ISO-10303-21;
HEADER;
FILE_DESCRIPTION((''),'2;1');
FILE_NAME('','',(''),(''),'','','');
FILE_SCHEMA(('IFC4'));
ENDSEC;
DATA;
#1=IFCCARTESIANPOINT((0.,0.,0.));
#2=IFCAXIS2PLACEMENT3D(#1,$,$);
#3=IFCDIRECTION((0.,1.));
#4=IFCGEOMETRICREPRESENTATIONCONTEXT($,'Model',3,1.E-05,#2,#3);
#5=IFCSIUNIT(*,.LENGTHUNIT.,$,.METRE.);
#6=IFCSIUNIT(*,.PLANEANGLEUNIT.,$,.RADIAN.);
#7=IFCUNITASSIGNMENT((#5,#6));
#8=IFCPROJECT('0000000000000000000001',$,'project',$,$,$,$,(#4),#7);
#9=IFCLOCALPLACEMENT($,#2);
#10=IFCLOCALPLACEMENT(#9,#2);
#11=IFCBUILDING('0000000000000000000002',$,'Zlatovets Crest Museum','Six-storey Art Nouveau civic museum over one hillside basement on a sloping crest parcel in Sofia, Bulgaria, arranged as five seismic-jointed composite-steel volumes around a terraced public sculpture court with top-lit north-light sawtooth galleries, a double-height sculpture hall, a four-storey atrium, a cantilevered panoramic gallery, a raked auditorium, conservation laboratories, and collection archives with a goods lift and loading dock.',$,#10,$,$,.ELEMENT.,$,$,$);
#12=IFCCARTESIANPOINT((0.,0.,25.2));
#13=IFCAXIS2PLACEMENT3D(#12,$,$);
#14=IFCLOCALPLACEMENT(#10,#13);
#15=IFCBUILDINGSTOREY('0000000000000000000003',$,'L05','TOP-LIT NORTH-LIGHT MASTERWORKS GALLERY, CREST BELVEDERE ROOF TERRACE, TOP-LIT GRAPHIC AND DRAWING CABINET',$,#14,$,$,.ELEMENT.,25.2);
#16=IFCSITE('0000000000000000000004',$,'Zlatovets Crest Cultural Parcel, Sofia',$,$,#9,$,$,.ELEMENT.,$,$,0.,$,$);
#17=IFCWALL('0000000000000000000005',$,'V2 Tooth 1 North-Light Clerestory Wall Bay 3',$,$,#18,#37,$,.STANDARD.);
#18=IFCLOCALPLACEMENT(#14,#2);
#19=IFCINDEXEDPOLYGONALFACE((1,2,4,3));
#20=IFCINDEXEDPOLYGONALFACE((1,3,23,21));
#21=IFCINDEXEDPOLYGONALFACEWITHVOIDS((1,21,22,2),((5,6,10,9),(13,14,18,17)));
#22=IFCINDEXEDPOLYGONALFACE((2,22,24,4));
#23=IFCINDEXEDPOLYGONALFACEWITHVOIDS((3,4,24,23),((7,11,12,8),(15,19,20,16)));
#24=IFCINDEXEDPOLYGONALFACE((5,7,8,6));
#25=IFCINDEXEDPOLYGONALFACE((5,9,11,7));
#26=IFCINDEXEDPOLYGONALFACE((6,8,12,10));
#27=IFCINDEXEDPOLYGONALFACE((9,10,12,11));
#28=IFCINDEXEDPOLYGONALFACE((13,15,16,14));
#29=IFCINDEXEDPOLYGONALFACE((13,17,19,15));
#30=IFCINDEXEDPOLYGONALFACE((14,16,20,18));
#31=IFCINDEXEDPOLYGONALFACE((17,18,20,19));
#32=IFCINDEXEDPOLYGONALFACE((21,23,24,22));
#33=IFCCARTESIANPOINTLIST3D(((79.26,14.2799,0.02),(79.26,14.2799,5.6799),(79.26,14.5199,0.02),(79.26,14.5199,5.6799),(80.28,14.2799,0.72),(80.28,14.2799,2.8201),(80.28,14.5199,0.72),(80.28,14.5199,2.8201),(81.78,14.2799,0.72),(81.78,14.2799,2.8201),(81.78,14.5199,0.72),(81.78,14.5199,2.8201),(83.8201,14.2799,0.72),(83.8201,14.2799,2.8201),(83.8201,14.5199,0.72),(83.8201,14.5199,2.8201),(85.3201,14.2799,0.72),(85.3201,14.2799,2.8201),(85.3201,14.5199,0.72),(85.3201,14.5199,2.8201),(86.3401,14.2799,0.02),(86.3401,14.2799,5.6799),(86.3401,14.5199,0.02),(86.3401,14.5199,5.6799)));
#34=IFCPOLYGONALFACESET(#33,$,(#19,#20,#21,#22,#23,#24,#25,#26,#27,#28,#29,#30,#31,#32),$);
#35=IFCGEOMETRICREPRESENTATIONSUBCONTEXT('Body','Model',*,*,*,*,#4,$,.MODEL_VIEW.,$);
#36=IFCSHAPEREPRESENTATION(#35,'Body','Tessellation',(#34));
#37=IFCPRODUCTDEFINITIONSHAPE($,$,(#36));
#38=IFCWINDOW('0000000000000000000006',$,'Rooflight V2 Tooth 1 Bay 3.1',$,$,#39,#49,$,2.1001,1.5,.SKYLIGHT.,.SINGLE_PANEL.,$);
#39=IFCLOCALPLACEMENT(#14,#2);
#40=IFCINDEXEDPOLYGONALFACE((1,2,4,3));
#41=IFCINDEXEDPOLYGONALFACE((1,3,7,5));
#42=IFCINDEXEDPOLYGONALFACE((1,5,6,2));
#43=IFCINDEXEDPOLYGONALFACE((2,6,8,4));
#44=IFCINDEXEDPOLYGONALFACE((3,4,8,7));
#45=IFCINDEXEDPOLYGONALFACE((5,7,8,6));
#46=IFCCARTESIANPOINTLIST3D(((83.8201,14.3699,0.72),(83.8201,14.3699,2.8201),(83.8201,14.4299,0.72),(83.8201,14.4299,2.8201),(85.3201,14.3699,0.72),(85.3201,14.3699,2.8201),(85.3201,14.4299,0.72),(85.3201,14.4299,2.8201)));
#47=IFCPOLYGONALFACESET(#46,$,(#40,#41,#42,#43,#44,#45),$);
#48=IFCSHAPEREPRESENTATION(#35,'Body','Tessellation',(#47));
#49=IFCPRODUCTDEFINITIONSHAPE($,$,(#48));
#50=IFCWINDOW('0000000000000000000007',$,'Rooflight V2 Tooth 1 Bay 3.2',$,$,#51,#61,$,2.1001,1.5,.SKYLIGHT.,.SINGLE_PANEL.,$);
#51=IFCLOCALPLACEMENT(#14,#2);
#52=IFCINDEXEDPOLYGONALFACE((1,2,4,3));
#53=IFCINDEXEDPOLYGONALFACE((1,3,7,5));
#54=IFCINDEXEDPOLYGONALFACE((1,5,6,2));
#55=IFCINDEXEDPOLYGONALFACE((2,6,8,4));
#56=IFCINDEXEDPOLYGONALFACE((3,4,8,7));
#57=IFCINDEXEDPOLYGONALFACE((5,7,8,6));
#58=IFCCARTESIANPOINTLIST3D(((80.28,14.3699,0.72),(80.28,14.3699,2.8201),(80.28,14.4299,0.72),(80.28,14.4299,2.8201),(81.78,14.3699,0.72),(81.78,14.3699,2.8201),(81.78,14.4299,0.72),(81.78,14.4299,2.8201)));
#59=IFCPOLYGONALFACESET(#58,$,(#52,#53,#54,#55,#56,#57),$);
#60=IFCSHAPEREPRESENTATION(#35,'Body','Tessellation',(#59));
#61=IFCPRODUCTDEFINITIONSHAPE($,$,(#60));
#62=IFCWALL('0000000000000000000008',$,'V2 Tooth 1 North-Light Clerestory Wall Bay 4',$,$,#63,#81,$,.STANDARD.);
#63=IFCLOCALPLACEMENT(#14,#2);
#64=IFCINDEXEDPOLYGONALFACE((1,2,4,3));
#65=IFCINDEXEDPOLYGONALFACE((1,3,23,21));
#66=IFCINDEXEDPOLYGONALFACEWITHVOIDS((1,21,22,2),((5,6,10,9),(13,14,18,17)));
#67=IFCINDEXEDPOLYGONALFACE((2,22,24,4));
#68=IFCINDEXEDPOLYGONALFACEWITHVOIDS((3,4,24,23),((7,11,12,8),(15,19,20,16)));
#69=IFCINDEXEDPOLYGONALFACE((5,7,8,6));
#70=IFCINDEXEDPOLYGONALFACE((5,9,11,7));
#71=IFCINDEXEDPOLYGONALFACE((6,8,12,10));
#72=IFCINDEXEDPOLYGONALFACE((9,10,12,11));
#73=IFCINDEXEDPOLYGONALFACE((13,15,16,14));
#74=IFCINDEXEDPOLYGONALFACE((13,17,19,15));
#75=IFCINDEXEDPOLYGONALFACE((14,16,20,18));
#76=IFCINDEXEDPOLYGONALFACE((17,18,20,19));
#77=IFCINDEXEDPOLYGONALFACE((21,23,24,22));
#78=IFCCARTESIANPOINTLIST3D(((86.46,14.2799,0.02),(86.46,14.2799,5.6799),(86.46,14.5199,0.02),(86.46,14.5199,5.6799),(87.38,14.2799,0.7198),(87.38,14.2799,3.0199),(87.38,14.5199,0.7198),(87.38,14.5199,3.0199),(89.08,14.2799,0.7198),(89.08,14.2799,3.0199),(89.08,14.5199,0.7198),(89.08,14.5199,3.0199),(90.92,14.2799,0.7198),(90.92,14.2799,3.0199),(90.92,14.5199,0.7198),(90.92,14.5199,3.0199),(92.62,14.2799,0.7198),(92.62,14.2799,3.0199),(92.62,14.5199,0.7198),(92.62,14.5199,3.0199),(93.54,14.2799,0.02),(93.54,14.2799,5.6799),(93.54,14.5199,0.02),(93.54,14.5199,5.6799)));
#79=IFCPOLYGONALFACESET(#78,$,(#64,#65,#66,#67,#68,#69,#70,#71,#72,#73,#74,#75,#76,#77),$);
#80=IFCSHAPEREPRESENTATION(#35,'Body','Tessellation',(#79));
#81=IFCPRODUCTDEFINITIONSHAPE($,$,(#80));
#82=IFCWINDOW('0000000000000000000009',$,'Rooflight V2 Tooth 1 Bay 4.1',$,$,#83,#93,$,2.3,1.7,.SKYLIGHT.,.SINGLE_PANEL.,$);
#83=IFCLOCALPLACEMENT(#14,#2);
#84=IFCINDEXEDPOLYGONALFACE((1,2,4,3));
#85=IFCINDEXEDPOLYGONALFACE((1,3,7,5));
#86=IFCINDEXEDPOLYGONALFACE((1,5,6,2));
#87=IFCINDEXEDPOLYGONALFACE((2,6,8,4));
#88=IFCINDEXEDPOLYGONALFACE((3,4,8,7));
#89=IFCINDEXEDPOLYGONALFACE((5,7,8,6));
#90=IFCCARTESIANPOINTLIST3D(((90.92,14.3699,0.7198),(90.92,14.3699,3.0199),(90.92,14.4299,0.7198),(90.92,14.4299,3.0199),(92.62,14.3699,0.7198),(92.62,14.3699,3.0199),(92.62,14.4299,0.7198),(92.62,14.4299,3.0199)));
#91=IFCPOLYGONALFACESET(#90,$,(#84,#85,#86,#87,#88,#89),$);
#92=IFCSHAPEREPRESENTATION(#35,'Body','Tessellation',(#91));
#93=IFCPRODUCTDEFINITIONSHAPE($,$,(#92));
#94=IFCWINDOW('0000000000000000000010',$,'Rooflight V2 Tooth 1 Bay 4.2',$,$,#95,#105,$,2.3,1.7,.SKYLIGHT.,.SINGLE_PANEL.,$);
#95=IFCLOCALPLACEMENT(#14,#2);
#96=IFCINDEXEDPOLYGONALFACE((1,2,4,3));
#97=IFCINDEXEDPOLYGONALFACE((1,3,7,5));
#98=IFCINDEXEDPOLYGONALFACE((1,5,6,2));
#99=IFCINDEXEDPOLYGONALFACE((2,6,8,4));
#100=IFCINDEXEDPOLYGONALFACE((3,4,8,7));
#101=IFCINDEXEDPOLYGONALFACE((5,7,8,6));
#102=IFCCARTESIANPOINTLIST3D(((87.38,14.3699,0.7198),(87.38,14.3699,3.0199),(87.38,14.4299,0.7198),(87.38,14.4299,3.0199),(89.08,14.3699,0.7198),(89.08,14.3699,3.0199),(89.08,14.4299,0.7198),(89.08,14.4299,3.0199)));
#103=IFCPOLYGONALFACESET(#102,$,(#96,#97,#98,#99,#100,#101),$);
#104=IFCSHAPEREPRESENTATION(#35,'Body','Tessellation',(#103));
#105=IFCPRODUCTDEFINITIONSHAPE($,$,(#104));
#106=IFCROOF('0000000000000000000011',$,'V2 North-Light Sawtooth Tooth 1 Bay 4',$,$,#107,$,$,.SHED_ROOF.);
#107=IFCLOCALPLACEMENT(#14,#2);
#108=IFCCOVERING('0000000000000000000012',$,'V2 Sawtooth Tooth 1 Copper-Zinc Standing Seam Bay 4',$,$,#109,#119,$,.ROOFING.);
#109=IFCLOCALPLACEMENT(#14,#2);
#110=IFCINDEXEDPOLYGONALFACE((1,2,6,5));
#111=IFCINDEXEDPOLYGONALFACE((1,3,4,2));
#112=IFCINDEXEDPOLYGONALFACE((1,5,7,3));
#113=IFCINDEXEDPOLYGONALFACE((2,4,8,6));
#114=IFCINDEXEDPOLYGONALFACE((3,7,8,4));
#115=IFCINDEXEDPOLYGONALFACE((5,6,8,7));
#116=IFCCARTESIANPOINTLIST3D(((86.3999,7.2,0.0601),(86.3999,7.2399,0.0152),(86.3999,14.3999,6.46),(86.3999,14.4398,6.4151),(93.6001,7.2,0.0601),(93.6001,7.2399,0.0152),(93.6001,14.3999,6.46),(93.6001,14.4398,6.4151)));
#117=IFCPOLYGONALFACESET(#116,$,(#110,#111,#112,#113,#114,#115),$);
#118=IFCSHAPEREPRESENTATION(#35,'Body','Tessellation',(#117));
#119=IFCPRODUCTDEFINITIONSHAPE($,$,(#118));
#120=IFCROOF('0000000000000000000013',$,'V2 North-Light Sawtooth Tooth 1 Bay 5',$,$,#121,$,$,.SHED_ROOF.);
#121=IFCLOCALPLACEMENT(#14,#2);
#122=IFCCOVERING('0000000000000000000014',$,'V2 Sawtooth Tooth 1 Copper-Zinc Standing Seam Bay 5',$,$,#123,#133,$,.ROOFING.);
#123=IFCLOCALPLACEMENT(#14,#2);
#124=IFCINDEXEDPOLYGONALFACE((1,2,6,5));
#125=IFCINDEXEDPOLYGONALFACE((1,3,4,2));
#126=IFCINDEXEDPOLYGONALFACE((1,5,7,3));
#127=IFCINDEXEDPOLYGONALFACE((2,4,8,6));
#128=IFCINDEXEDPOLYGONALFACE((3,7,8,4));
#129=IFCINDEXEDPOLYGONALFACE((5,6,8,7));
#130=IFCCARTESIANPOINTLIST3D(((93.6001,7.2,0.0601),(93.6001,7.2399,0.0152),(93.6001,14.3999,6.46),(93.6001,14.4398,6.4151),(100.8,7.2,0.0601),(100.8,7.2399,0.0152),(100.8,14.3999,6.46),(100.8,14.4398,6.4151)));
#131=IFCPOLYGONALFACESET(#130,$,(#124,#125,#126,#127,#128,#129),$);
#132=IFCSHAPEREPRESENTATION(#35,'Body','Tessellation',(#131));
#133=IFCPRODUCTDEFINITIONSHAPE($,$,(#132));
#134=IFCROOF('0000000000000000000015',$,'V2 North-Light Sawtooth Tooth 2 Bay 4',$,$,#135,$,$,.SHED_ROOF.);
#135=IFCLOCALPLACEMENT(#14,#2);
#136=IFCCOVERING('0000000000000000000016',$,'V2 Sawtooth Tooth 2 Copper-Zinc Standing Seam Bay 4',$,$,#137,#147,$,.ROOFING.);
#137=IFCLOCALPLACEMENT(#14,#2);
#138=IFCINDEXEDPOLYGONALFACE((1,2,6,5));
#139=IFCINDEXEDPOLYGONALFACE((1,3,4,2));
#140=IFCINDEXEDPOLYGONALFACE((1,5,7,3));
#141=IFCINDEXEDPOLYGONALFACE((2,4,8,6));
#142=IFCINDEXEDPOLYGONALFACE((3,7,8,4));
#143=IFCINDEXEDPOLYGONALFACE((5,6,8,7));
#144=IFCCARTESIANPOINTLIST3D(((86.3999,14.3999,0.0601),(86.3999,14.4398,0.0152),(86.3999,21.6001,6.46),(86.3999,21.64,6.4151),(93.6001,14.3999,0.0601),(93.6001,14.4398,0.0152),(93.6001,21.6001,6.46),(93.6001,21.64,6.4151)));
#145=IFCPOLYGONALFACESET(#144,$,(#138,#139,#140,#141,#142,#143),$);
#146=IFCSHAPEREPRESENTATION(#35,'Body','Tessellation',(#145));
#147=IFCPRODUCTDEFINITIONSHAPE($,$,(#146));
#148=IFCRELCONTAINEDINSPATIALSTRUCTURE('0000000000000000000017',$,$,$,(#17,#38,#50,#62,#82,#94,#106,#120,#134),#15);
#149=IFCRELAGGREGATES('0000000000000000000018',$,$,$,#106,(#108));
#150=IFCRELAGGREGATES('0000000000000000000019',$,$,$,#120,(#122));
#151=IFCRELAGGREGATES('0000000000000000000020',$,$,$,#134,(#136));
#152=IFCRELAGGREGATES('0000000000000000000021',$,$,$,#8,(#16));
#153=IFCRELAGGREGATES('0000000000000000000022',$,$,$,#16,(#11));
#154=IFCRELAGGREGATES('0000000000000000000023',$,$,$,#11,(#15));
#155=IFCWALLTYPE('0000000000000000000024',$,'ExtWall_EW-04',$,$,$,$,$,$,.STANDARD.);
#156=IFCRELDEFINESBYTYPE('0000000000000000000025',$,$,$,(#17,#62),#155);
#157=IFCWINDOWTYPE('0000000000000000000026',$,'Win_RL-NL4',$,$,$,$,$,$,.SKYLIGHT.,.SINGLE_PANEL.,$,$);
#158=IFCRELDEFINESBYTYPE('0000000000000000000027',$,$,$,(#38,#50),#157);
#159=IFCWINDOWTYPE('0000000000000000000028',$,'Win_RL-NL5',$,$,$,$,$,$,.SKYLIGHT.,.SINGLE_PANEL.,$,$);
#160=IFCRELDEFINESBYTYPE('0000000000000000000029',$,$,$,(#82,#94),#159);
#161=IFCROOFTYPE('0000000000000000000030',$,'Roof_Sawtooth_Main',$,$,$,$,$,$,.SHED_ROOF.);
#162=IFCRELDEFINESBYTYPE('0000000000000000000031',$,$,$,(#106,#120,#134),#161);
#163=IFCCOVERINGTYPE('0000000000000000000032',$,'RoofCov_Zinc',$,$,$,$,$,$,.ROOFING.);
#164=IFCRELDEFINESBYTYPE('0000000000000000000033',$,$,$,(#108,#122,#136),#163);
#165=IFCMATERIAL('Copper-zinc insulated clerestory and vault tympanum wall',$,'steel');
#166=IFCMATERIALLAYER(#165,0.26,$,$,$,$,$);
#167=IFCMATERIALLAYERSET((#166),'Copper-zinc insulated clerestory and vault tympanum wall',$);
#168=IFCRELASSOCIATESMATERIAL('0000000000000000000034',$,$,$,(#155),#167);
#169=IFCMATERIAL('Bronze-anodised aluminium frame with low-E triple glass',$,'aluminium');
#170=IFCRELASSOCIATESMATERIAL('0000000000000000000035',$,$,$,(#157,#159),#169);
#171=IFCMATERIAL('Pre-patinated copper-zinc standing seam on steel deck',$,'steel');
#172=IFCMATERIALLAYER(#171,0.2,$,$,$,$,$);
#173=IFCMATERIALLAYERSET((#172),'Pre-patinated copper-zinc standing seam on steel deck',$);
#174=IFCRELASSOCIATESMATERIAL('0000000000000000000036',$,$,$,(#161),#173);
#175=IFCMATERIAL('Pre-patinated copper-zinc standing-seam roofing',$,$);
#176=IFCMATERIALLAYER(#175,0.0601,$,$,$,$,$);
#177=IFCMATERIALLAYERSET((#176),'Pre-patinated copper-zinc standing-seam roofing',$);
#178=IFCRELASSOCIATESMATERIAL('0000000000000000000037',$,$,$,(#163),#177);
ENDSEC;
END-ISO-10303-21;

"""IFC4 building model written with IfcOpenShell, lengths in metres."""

from ifc_helpers import new_model, si_unit, direction, frame, frame_2d, origin, place, context, subcontext, project, spatial, polyline, rectangle, outline, extrude, material, layer, layer_set, type_object, element, fill, aggregate, save


model = new_model("IFC4")

# Units and contexts
model_context = context("Model", 3, precision=1e-05, world=origin(), true_north=direction((0.0, 1.0)))
body_context = subcontext(model_context, "Body", "Model", "MODEL_VIEW")
ifc_project = project(units=[si_unit("LENGTHUNIT", "METRE"), si_unit("PLANEANGLEUNIT", "RADIAN")], contexts=[model_context])

# Site, building, storey
site_placement = place(None, origin())
site = spatial("IfcSite", under=ifc_project, at=site_placement, Name="Zlatovets Crest Cultural Parcel, Sofia", CompositionType="ELEMENT", RefElevation=0.0)
building_placement = place(site_placement, origin())
building = spatial("IfcBuilding", under=site, at=building_placement, Name="Zlatovets Crest Museum", Description="Six-storey Art Nouveau civic museum over one hillside basement on a sloping crest parcel in Sofia, Bulgaria, arranged as five seismic-jointed composite-steel volumes around a terraced public sculpture court with top-lit north-light sawtooth galleries, a double-height sculpture hall, a four-storey atrium, a cantilevered panoramic gallery, a raked auditorium, conservation laboratories, and collection archives with a goods lift and loading dock.", CompositionType="ELEMENT")
storey_placement = place(building_placement, frame((0.0, 0.0, 25.2)))
storey = spatial("IfcBuildingStorey", under=building, at=storey_placement, Name="L05", Description="TOP-LIT NORTH-LIGHT MASTERWORKS GALLERY, CREST BELVEDERE ROOF TERRACE, TOP-LIT GRAPHIC AND DRAWING CABINET", CompositionType="ELEMENT", Elevation=25.2)

# Walls, openings, windows
ifc_material_1 = material(Name="Copper-zinc insulated clerestory and vault tympanum wall", Category="steel")
ifc_layer_1 = layer(ifc_material_1, 0.26)
ifc_layer_set_1 = layer_set([ifc_layer_1], Name="Copper-zinc insulated clerestory and vault tympanum wall")
wall_type = type_object("IfcWallType", Name="ExtWall_EW-04", PredefinedType="STANDARD", material=ifc_layer_set_1)
wall_1_placement = place(storey_placement, frame((86.3401, 14.3999, 0.02), z_axis=(0.0, 0.0, 1.0), x_axis=(-1.0, 0.0, 0.0)))
wall_1 = element("IfcWall", 1, at=wall_1_placement, inside=storey, type_object=wall_type, Name="V2 Tooth 1 North-Light Clerestory Wall Bay 3", PredefinedType="STANDARD", context=body_context, shape_type="SweptSolid", body=[
    extrude(rectangle(XDim=7.0801, YDim=0.24, at=frame_2d((3.54, 0.0))), origin(), (0.0, 0.0, 1.0), 5.6599),
])
opening_1_placement = place(wall_1_placement, frame((1.02, 0.0, 0.7)))
opening_1 = element("IfcOpeningElement", 2, at=opening_1_placement, cuts=wall_1, PredefinedType="OPENING", context=body_context, shape_type="SweptSolid", body=[
    extrude(rectangle(XDim=1.5, YDim=2.1001, at=frame_2d((0.75, 1.05))), frame((0.0, 0.1299, 0.0), z_axis=(0.0, -1.0, 0.0), x_axis=(1.0, 0.0, 0.0)), (0.0, 0.0, 1.0), 0.26),
])
opening_2_placement = place(wall_1_placement, frame((4.5601, 0.0, 0.7)))
opening_2 = element("IfcOpeningElement", 3, at=opening_2_placement, cuts=wall_1, PredefinedType="OPENING", context=body_context, shape_type="SweptSolid", body=[
    extrude(rectangle(XDim=1.5, YDim=2.1001, at=frame_2d((0.75, 1.05))), frame((0.0, 0.1299, 0.0), z_axis=(0.0, -1.0, 0.0), x_axis=(1.0, 0.0, 0.0)), (0.0, 0.0, 1.0), 0.26),
])
ifc_material_2 = material(Name="Bronze-anodised aluminium frame with low-E triple glass", Category="aluminium")
window_type_1 = type_object("IfcWindowType", Name="Win_RL-NL4", PartitioningType="SINGLE_PANEL", PredefinedType="SKYLIGHT", material=ifc_material_2)
window_1_placement = place(opening_1_placement, origin())
window_1 = element("IfcWindow", 4, at=window_1_placement, inside=storey, type_object=window_type_1, Name="Rooflight V2 Tooth 1 Bay 3.1", OverallHeight=2.1001, OverallWidth=1.5, PartitioningType="SINGLE_PANEL", PredefinedType="SKYLIGHT", context=body_context, shape_type="SweptSolid", body=[
    extrude(rectangle(XDim=1.5, YDim=2.1001, at=frame_2d((0.75, 1.05))), frame((0.0, 0.03, 0.0), z_axis=(0.0, -1.0, 0.0), x_axis=(1.0, 0.0, 0.0)), (0.0, 0.0, 1.0), 0.0601),
])
fill(opening_1, window_1)
window_2_placement = place(opening_2_placement, origin())
window_2 = element("IfcWindow", 5, at=window_2_placement, inside=storey, type_object=window_type_1, Name="Rooflight V2 Tooth 1 Bay 3.2", OverallHeight=2.1001, OverallWidth=1.5, PartitioningType="SINGLE_PANEL", PredefinedType="SKYLIGHT", context=body_context, shape_type="SweptSolid", body=[
    extrude(rectangle(XDim=1.5, YDim=2.1001, at=frame_2d((0.75, 1.05))), frame((0.0, 0.03, 0.0), z_axis=(0.0, -1.0, 0.0), x_axis=(1.0, 0.0, 0.0)), (0.0, 0.0, 1.0), 0.0601),
])
fill(opening_2, window_2)
wall_2_placement = place(storey_placement, frame((93.54, 14.3999, 0.02), z_axis=(0.0, 0.0, 1.0), x_axis=(-1.0, 0.0, 0.0)))
wall_2 = element("IfcWall", 6, at=wall_2_placement, inside=storey, type_object=wall_type, Name="V2 Tooth 1 North-Light Clerestory Wall Bay 4", PredefinedType="STANDARD", context=body_context, shape_type="SweptSolid", body=[
    extrude(rectangle(XDim=7.0801, YDim=0.24, at=frame_2d((3.54, 0.0))), origin(), (0.0, 0.0, 1.0), 5.6599),
])
opening_3_placement = place(wall_2_placement, frame((0.9199, 0.0, 0.7)))
opening_3 = element("IfcOpeningElement", 7, at=opening_3_placement, cuts=wall_2, PredefinedType="OPENING", context=body_context, shape_type="SweptSolid", body=[
    extrude(rectangle(XDim=1.7, YDim=2.3, at=frame_2d((0.8501, 1.1499))), frame((0.0, 0.1299, 0.0), z_axis=(0.0, -1.0, 0.0), x_axis=(1.0, 0.0, 0.0)), (0.0, 0.0, 1.0), 0.26),
])
opening_4_placement = place(wall_2_placement, frame((4.46, 0.0, 0.7)))
opening_4 = element("IfcOpeningElement", 8, at=opening_4_placement, cuts=wall_2, PredefinedType="OPENING", context=body_context, shape_type="SweptSolid", body=[
    extrude(rectangle(XDim=1.7, YDim=2.3, at=frame_2d((0.8501, 1.1499))), frame((0.0, 0.1299, 0.0), z_axis=(0.0, -1.0, 0.0), x_axis=(1.0, 0.0, 0.0)), (0.0, 0.0, 1.0), 0.26),
])
window_type_2 = type_object("IfcWindowType", Name="Win_RL-NL5", PartitioningType="SINGLE_PANEL", PredefinedType="SKYLIGHT", material=ifc_material_2)
window_3_placement = place(opening_3_placement, origin())
window_3 = element("IfcWindow", 9, at=window_3_placement, inside=storey, type_object=window_type_2, Name="Rooflight V2 Tooth 1 Bay 4.1", OverallHeight=2.3, OverallWidth=1.7, PartitioningType="SINGLE_PANEL", PredefinedType="SKYLIGHT", context=body_context, shape_type="SweptSolid", body=[
    extrude(rectangle(XDim=1.7, YDim=2.3, at=frame_2d((0.8501, 1.1499))), frame((0.0, 0.03, 0.0), z_axis=(0.0, -1.0, 0.0), x_axis=(1.0, 0.0, 0.0)), (0.0, 0.0, 1.0), 0.0601),
])
fill(opening_3, window_3)
window_4_placement = place(opening_4_placement, origin())
window_4 = element("IfcWindow", 10, at=window_4_placement, inside=storey, type_object=window_type_2, Name="Rooflight V2 Tooth 1 Bay 4.2", OverallHeight=2.3, OverallWidth=1.7, PartitioningType="SINGLE_PANEL", PredefinedType="SKYLIGHT", context=body_context, shape_type="SweptSolid", body=[
    extrude(rectangle(XDim=1.7, YDim=2.3, at=frame_2d((0.8501, 1.1499))), frame((0.0, 0.03, 0.0), z_axis=(0.0, -1.0, 0.0), x_axis=(1.0, 0.0, 0.0)), (0.0, 0.0, 1.0), 0.0601),
])
fill(opening_4, window_4)

# Roofs, coverings
ifc_material_3 = material(Name="Pre-patinated copper-zinc standing seam on steel deck", Category="steel")
ifc_layer_2 = layer(ifc_material_3, 0.2)
ifc_layer_set_2 = layer_set([ifc_layer_2], Name="Pre-patinated copper-zinc standing seam on steel deck")
roof_type = type_object("IfcRoofType", Name="Roof_Sawtooth_Main", PredefinedType="SHED_ROOF", material=ifc_layer_set_2)
roof_1_placement = place(storey_placement, origin())
roof_1 = element("IfcRoof", 11, at=roof_1_placement, inside=storey, type_object=roof_type, Name="V2 North-Light Sawtooth Tooth 1 Bay 4", PredefinedType="SHED_ROOF")
ifc_material_4 = material(Name="Pre-patinated copper-zinc standing-seam roofing")
ifc_layer_3 = layer(ifc_material_4, 0.0601)
ifc_layer_set_3 = layer_set([ifc_layer_3], Name="Pre-patinated copper-zinc standing-seam roofing")
covering_type = type_object("IfcCoveringType", Name="RoofCov_Zinc", PredefinedType="ROOFING", material=ifc_layer_set_3)
covering_1_placement = place(storey_placement, frame((86.3999, 7.2, 0.0601), z_axis=(0.0, -0.664361, 0.747412), x_axis=(1.0, 0.0, 0.0)))
covering_1 = element("IfcCovering", 12, at=covering_1_placement, type_object=covering_type, Name="V2 Sawtooth Tooth 1 Copper-Zinc Standing Seam Bay 4", PredefinedType="ROOFING", context=body_context, shape_type="SweptSolid", body=[
    extrude(outline(polyline([(0.0, 0.0), (7.2002, 0.0), (7.2002, 9.6332), (0.0, 9.6332), (0.0, 0.0)])), origin(), (0.0, 0.0, -1.0), 0.0601),
])
aggregate(roof_1, [covering_1])
roof_2_placement = place(storey_placement, origin())
roof_2 = element("IfcRoof", 13, at=roof_2_placement, inside=storey, type_object=roof_type, Name="V2 North-Light Sawtooth Tooth 1 Bay 5", PredefinedType="SHED_ROOF")
covering_2_placement = place(storey_placement, frame((93.6001, 7.2, 0.0601), z_axis=(0.0, -0.664361, 0.747412), x_axis=(1.0, 0.0, 0.0)))
covering_2 = element("IfcCovering", 14, at=covering_2_placement, type_object=covering_type, Name="V2 Sawtooth Tooth 1 Copper-Zinc Standing Seam Bay 5", PredefinedType="ROOFING", context=body_context, shape_type="SweptSolid", body=[
    extrude(outline(polyline([(0.0, 0.0), (7.2, 0.0), (7.2, 9.6332), (0.0, 9.6332), (0.0, 0.0)])), origin(), (0.0, 0.0, -1.0), 0.0601),
])
aggregate(roof_2, [covering_2])
roof_3_placement = place(storey_placement, origin())
roof_3 = element("IfcRoof", 15, at=roof_3_placement, inside=storey, type_object=roof_type, Name="V2 North-Light Sawtooth Tooth 2 Bay 4", PredefinedType="SHED_ROOF")
covering_3_placement = place(storey_placement, frame((86.3999, 14.3999, 0.0601), z_axis=(0.0, -0.664348, 0.747423), x_axis=(1.0, 0.0, 0.0)))
covering_3 = element("IfcCovering", 16, at=covering_3_placement, type_object=covering_type, Name="V2 Sawtooth Tooth 2 Copper-Zinc Standing Seam Bay 4", PredefinedType="ROOFING", context=body_context, shape_type="SweptSolid", body=[
    extrude(outline(polyline([(0.0, 0.0), (7.2002, 0.0), (7.2002, 9.6334), (0.0, 9.6334), (0.0, 0.0)])), origin(), (0.0, 0.0, -1.0), 0.0601),
])
aggregate(roof_3, [covering_3])

save(model, "model.ifc")
